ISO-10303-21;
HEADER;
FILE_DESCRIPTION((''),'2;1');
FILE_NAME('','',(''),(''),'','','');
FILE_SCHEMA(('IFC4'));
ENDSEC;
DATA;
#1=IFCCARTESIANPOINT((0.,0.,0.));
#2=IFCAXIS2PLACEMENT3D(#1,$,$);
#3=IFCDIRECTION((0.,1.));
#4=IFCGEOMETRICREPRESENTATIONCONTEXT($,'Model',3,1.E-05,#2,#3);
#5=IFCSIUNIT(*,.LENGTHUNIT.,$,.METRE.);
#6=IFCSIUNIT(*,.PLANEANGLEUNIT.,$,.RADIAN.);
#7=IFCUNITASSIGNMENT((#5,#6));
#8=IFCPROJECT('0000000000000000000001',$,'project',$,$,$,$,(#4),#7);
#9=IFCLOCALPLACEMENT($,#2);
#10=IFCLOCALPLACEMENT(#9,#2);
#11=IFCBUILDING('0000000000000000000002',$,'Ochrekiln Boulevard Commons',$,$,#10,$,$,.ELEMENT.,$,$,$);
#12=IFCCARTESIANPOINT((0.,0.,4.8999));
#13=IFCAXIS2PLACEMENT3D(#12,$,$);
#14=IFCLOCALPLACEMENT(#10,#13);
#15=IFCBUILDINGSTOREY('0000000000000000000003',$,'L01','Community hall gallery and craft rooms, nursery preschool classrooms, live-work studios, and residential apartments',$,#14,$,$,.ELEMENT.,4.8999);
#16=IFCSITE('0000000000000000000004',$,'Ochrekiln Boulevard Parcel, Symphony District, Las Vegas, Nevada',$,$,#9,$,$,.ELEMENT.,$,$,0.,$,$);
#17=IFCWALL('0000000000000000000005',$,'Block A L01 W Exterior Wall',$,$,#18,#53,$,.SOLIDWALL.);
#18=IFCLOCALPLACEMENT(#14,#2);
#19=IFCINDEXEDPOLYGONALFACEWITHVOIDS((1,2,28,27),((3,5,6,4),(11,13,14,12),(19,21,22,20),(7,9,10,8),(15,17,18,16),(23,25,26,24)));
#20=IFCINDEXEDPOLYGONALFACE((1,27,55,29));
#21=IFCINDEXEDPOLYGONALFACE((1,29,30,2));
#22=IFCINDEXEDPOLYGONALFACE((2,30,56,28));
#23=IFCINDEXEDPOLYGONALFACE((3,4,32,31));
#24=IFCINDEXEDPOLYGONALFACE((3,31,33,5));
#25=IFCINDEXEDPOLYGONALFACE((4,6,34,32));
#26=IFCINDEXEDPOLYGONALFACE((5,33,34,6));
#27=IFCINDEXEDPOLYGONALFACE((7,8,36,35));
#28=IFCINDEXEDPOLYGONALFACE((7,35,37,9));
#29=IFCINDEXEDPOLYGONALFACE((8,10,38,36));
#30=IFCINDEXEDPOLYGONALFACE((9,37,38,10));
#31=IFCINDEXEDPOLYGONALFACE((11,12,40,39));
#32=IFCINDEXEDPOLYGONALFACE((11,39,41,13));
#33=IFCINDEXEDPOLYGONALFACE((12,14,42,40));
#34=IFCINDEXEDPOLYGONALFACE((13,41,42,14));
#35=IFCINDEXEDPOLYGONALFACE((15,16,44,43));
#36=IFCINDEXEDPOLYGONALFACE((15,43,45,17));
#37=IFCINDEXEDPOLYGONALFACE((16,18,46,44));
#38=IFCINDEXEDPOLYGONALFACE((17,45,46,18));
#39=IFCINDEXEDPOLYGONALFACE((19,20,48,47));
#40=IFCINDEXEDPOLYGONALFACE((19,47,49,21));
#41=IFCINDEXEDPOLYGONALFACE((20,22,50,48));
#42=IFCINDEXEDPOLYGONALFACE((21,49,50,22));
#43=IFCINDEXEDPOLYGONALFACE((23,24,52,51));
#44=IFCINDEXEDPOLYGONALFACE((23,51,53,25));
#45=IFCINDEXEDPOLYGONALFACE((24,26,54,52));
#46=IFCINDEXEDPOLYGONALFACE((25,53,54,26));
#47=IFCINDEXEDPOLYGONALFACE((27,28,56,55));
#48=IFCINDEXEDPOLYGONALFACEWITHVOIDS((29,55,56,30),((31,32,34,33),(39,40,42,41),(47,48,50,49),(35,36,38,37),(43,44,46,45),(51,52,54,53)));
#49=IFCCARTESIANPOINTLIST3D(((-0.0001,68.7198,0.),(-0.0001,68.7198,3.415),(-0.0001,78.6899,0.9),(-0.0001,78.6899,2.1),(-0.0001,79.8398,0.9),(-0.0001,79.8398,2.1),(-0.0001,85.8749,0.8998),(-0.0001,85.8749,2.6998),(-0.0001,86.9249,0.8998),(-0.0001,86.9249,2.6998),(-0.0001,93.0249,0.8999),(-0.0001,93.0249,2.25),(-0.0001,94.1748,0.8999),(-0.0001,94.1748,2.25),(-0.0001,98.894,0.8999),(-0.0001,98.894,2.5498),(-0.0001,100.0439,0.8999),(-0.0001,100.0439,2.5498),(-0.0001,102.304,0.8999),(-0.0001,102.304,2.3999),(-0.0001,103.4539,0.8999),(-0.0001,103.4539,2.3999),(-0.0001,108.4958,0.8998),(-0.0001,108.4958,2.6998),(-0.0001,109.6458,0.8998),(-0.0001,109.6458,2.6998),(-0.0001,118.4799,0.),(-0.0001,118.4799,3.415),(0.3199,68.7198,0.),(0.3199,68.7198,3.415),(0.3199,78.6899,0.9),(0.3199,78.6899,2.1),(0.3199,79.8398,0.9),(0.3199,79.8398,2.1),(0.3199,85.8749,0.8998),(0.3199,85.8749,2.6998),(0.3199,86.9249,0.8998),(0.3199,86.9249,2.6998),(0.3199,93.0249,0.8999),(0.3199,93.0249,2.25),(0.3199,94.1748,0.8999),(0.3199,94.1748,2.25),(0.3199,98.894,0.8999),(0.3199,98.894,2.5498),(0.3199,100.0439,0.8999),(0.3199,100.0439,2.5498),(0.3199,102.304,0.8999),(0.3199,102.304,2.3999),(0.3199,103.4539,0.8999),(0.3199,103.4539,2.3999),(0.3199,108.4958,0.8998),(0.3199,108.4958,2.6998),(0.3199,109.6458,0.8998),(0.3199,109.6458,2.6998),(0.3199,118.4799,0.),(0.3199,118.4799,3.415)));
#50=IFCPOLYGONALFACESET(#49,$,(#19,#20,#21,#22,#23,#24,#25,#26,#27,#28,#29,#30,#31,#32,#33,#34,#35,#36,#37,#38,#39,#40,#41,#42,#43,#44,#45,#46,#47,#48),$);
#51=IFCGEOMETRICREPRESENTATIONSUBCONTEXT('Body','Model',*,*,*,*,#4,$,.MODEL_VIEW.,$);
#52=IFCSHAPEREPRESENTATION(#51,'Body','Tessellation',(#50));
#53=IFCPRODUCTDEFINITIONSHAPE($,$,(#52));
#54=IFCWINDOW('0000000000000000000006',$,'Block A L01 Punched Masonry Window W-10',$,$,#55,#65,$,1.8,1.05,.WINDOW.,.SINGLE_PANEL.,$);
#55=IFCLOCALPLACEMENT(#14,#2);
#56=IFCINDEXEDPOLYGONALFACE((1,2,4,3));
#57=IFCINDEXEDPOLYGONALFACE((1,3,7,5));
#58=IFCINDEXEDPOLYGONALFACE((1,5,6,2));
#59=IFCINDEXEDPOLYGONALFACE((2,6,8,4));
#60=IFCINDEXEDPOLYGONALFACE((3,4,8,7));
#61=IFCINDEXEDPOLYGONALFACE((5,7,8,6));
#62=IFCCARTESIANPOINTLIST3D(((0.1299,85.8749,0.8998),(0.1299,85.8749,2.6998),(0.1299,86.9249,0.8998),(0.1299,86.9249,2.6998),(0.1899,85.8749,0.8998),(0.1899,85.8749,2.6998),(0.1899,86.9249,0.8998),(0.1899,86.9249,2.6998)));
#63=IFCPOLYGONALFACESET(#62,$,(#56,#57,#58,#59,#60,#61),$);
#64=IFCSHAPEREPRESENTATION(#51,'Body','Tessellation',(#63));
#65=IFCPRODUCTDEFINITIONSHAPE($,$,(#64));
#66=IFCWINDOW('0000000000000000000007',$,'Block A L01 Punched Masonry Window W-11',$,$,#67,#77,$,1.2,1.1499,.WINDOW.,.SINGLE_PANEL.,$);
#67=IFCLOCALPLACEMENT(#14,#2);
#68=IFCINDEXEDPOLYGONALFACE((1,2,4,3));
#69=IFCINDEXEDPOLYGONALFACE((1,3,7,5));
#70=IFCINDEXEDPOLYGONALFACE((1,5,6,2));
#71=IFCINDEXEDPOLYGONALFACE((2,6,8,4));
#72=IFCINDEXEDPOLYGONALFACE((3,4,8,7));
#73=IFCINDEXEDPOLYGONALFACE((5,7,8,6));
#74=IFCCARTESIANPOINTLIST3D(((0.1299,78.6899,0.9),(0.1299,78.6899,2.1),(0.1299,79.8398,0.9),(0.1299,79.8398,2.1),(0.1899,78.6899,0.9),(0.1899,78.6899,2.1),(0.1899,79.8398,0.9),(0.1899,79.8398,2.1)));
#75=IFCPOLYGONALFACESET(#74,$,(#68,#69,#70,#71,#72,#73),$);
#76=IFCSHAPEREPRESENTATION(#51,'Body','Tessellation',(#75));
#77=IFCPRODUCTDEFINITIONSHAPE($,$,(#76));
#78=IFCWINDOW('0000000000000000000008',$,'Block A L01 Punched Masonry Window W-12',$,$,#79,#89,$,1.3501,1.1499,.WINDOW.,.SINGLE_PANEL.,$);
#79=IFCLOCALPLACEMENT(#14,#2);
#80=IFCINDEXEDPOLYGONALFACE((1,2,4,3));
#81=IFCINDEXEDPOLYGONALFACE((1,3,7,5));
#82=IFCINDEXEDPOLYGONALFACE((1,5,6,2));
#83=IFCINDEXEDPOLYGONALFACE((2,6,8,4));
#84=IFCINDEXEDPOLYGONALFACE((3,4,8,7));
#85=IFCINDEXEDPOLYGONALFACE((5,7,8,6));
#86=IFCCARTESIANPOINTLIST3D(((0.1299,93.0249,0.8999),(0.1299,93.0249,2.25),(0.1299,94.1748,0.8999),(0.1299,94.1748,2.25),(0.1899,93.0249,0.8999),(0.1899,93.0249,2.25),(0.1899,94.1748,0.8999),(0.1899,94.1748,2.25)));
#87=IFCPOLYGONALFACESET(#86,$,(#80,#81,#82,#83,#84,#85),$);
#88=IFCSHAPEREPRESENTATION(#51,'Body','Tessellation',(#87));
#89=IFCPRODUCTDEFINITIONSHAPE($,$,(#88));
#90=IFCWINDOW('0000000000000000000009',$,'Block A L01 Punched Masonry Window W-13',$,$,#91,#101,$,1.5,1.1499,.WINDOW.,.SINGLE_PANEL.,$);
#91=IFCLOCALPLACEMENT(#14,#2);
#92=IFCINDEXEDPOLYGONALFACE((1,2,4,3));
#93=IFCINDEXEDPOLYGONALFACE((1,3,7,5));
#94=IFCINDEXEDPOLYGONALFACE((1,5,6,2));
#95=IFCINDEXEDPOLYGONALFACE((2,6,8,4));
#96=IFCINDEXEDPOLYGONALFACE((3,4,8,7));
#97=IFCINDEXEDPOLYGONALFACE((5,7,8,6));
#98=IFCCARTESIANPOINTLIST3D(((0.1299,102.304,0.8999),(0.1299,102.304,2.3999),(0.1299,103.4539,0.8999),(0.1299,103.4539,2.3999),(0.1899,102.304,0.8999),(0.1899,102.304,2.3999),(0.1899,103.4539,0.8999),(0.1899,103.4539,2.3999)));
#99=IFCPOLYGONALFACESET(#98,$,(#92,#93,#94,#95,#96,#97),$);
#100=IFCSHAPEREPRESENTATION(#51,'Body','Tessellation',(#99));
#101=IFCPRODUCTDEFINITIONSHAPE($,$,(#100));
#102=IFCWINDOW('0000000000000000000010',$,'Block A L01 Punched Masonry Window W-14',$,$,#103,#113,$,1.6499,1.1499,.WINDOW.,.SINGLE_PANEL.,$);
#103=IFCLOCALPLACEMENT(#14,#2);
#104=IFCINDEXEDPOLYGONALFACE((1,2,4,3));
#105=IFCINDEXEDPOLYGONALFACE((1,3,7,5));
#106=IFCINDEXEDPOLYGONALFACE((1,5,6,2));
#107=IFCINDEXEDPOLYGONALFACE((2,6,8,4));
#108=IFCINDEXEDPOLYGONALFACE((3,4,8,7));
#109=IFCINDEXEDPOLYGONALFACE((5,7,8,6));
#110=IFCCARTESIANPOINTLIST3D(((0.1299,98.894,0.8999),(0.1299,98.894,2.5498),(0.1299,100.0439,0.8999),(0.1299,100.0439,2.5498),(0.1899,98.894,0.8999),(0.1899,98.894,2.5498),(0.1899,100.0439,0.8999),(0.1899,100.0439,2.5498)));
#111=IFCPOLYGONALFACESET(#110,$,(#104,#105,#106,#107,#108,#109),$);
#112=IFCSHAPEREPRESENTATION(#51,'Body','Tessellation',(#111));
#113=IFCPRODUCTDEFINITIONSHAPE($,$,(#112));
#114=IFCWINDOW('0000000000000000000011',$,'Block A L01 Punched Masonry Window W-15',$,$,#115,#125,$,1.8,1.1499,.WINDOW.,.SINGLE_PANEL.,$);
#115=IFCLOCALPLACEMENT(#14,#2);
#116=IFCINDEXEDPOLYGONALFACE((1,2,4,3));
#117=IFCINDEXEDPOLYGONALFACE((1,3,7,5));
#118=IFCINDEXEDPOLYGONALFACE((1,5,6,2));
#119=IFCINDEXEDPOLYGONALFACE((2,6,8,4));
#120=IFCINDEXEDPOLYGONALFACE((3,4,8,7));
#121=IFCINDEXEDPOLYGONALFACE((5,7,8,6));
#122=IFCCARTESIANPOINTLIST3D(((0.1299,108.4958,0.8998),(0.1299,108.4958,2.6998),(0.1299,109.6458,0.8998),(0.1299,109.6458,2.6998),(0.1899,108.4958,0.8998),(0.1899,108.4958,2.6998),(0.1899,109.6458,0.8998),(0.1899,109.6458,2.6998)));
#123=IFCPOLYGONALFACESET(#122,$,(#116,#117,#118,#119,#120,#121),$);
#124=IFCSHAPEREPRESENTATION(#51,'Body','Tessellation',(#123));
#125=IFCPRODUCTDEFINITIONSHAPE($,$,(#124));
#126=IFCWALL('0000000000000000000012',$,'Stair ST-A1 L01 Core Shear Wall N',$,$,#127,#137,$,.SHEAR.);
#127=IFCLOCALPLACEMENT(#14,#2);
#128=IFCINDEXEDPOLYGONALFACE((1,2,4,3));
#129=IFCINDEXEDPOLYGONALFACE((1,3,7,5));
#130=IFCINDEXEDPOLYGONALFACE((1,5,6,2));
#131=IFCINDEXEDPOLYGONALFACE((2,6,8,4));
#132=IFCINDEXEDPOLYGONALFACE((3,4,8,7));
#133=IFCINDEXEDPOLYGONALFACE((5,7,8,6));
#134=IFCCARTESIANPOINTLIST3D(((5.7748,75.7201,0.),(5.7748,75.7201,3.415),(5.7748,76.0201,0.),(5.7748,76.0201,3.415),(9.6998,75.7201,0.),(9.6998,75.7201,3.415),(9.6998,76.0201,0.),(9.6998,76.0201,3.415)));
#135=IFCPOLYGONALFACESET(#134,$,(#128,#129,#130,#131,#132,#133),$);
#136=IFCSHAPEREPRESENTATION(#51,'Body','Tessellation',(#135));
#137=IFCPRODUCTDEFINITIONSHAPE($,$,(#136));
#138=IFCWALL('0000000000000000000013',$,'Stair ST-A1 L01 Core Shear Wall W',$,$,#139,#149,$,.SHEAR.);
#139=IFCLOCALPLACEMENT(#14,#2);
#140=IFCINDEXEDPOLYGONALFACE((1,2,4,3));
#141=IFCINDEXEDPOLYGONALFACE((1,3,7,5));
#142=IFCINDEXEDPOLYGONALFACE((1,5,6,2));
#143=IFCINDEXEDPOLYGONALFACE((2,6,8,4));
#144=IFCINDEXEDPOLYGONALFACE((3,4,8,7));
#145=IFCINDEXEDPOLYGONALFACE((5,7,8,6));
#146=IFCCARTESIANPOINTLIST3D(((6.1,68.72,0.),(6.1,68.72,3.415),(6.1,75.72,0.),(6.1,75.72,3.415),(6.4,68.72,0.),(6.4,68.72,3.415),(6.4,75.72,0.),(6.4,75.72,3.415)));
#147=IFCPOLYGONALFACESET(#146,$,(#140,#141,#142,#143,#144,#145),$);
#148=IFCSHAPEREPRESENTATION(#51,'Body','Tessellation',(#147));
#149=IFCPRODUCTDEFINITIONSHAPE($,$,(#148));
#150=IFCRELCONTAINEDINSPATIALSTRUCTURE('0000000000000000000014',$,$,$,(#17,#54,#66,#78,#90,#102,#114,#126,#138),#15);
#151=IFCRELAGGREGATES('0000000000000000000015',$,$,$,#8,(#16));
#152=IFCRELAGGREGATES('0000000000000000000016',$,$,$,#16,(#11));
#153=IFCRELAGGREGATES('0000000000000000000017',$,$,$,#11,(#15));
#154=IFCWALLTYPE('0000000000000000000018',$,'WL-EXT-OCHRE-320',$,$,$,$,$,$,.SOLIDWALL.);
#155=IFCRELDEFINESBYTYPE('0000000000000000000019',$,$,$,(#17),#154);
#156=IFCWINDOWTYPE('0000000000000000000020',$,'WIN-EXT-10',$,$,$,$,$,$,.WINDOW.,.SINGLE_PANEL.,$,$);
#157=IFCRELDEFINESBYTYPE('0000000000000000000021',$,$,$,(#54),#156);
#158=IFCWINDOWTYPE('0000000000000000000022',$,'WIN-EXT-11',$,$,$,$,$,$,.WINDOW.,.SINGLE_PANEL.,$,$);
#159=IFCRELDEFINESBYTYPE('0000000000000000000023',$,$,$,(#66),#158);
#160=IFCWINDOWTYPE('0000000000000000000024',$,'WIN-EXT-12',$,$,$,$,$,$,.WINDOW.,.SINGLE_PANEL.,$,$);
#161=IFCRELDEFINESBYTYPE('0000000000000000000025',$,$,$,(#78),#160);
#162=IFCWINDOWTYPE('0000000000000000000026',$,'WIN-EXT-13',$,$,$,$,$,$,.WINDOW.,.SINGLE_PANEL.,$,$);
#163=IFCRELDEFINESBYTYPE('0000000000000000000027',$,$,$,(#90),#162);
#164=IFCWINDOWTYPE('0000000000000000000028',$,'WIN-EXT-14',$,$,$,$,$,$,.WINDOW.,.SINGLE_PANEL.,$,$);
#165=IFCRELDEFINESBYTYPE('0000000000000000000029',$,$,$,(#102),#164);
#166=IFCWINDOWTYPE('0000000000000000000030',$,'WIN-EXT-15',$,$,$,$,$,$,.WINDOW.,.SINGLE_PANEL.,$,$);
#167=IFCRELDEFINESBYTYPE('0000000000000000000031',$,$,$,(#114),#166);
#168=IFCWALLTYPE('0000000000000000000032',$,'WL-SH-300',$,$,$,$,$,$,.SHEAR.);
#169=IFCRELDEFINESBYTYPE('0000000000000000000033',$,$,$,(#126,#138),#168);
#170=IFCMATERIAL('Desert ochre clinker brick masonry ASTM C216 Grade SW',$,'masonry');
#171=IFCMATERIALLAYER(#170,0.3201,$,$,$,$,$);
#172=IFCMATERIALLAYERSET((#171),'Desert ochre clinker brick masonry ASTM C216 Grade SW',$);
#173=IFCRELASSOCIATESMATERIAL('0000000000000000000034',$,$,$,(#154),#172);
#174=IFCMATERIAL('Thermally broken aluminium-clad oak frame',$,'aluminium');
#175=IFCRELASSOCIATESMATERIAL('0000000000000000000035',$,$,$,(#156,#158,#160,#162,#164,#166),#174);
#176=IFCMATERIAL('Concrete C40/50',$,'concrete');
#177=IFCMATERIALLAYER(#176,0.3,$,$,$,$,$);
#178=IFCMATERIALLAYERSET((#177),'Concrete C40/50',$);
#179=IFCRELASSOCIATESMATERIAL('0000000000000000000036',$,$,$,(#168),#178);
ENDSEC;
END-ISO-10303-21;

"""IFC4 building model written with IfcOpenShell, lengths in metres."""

from ifc_helpers import new_model, si_unit, direction, frame, frame_2d, origin, place, context, subcontext, project, spatial, rectangle, extrude, material, layer, layer_set, type_object, element, fill, save


model = new_model("IFC4")

# Units and contexts
model_context = context("Model", 3, precision=1e-05, world=origin(), true_north=direction((0.0, 1.0)))
body_context = subcontext(model_context, "Body", "Model", "MODEL_VIEW")
ifc_project = project(units=[si_unit("LENGTHUNIT", "METRE"), si_unit("PLANEANGLEUNIT", "RADIAN")], contexts=[model_context])

# Site, building, storey
site_placement = place(None, origin())
site = spatial("IfcSite", under=ifc_project, at=site_placement, Name="Ochrekiln Boulevard Parcel, Symphony District, Las Vegas, Nevada", CompositionType="ELEMENT", RefElevation=0.0)
building_placement = place(site_placement, origin())
building = spatial("IfcBuilding", under=site, at=building_placement, Name="Ochrekiln Boulevard Commons", CompositionType="ELEMENT")
storey_placement = place(building_placement, frame((0.0, 0.0, 4.8999)))
storey = spatial("IfcBuildingStorey", under=building, at=storey_placement, Name="L01", Description="Community hall gallery and craft rooms, nursery preschool classrooms, live-work studios, and residential apartments", CompositionType="ELEMENT", Elevation=4.8999)

# Shared definitions
ifc_material_1 = material(Name="Concrete C40/50", Category="concrete")

# Wall, openings, windows
ifc_material_2 = material(Name="Desert ochre clinker brick masonry ASTM C216 Grade SW", Category="masonry")
ifc_layer_1 = layer(ifc_material_2, 0.3201)
ifc_layer_set_1 = layer_set([ifc_layer_1], Name="Desert ochre clinker brick masonry ASTM C216 Grade SW")
wall_type_1 = type_object("IfcWallType", Name="WL-EXT-OCHRE-320", PredefinedType="SOLIDWALL", material=ifc_layer_set_1)
wall_1_placement = place(storey_placement, frame((0.1599, 68.72, 0.0), z_axis=(0.0, 0.0, 1.0), x_axis=(0.0, 1.0, 0.0)))
wall_1 = element("IfcWall", 1, at=wall_1_placement, inside=storey, type_object=wall_type_1, Name="Block A L01 W Exterior Wall", PredefinedType="SOLIDWALL", context=body_context, shape_type="SweptSolid", body=[
    extrude(rectangle(XDim=49.76, YDim=0.3201, at=frame_2d((24.8799, 0.0))), origin(), (0.0, 0.0, 1.0), 3.415),
])
opening_1_placement = place(wall_1_placement, frame((17.155, 0.0, 0.8999)))
opening_1 = element("IfcOpeningElement", 2, at=opening_1_placement, cuts=wall_1, PredefinedType="OPENING", context=body_context, shape_type="SweptSolid", body=[
    extrude(rectangle(XDim=1.05, YDim=1.8, at=frame_2d((0.5249, 0.8999))), frame((0.0, 0.1699, 0.0), z_axis=(0.0, -1.0, 0.0), x_axis=(1.0, 0.0, 0.0)), (0.0, 0.0, 1.0), 0.3401),
])
opening_2_placement = place(wall_1_placement, frame((9.97, 0.0, 0.8999)))
opening_2 = element("IfcOpeningElement", 3, at=opening_2_placement, cuts=wall_1, PredefinedType="OPENING", context=body_context, shape_type="SweptSolid", body=[
    extrude(rectangle(XDim=1.1499, YDim=1.2, at=frame_2d((0.575, 0.6001))), frame((0.0, 0.1699, 0.0), z_axis=(0.0, -1.0, 0.0), x_axis=(1.0, 0.0, 0.0)), (0.0, 0.0, 1.0), 0.3401),
])
opening_3_placement = place(wall_1_placement, frame((24.3049, 0.0, 0.8999)))
opening_3 = element("IfcOpeningElement", 4, at=opening_3_placement, cuts=wall_1, PredefinedType="OPENING", context=body_context, shape_type="SweptSolid", body=[
    extrude(rectangle(XDim=1.1499, YDim=1.3501, at=frame_2d((0.575, 0.675))), frame((0.0, 0.1699, 0.0), z_axis=(0.0, -1.0, 0.0), x_axis=(1.0, 0.0, 0.0)), (0.0, 0.0, 1.0), 0.3401),
])
opening_4_placement = place(wall_1_placement, frame((33.584, 0.0, 0.8999)))
opening_4 = element("IfcOpeningElement", 5, at=opening_4_placement, cuts=wall_1, PredefinedType="OPENING", context=body_context, shape_type="SweptSolid", body=[
    extrude(rectangle(XDim=1.1499, YDim=1.5, at=frame_2d((0.575, 0.75))), frame((0.0, 0.1699, 0.0), z_axis=(0.0, -1.0, 0.0), x_axis=(1.0, 0.0, 0.0)), (0.0, 0.0, 1.0), 0.3401),
])
opening_5_placement = place(wall_1_placement, frame((30.1741, 0.0, 0.8999)))
opening_5 = element("IfcOpeningElement", 6, at=opening_5_placement, cuts=wall_1, PredefinedType="OPENING", context=body_context, shape_type="SweptSolid", body=[
    extrude(rectangle(XDim=1.1499, YDim=1.6499, at=frame_2d((0.575, 0.825))), frame((0.0, 0.1699, 0.0), z_axis=(0.0, -1.0, 0.0), x_axis=(1.0, 0.0, 0.0)), (0.0, 0.0, 1.0), 0.3401),
])
opening_6_placement = place(wall_1_placement, frame((39.7759, 0.0, 0.8999)))
opening_6 = element("IfcOpeningElement", 7, at=opening_6_placement, cuts=wall_1, PredefinedType="OPENING", context=body_context, shape_type="SweptSolid", body=[
    extrude(rectangle(XDim=1.1499, YDim=1.8, at=frame_2d((0.575, 0.8999))), frame((0.0, 0.1699, 0.0), z_axis=(0.0, -1.0, 0.0), x_axis=(1.0, 0.0, 0.0)), (0.0, 0.0, 1.0), 0.3401),
])
ifc_material_3 = material(Name="Thermally broken aluminium-clad oak frame", Category="aluminium")
window_type_1 = type_object("IfcWindowType", Name="WIN-EXT-10", PartitioningType="SINGLE_PANEL", PredefinedType="WINDOW", material=ifc_material_3)
window_1_placement = place(opening_1_placement, origin())
window_1 = element("IfcWindow", 8, at=window_1_placement, inside=storey, type_object=window_type_1, Name="Block A L01 Punched Masonry Window W-10", OverallHeight=1.8, OverallWidth=1.05, PartitioningType="SINGLE_PANEL", PredefinedType="WINDOW", context=body_context, shape_type="SweptSolid", body=[
    extrude(rectangle(XDim=1.05, YDim=1.8, at=frame_2d((0.5249, 0.8999))), frame((0.0, 0.03, 0.0), z_axis=(0.0, -1.0, 0.0), x_axis=(1.0, 0.0, 0.0)), (0.0, 0.0, 1.0), 0.0601),
])
fill(opening_1, window_1)
window_type_2 = type_object("IfcWindowType", Name="WIN-EXT-11", PartitioningType="SINGLE_PANEL", PredefinedType="WINDOW", material=ifc_material_3)
window_2_placement = place(opening_2_placement, origin())
window_2 = element("IfcWindow", 9, at=window_2_placement, inside=storey, type_object=window_type_2, Name="Block A L01 Punched Masonry Window W-11", OverallHeight=1.2, OverallWidth=1.1499, PartitioningType="SINGLE_PANEL", PredefinedType="WINDOW", context=body_context, shape_type="SweptSolid", body=[
    extrude(rectangle(XDim=1.1499, YDim=1.2, at=frame_2d((0.575, 0.6001))), frame((0.0, 0.03, 0.0), z_axis=(0.0, -1.0, 0.0), x_axis=(1.0, 0.0, 0.0)), (0.0, 0.0, 1.0), 0.0601),
])
fill(opening_2, window_2)
window_type_3 = type_object("IfcWindowType", Name="WIN-EXT-12", PartitioningType="SINGLE_PANEL", PredefinedType="WINDOW", material=ifc_material_3)
window_3_placement = place(opening_3_placement, origin())
window_3 = element("IfcWindow", 10, at=window_3_placement, inside=storey, type_object=window_type_3, Name="Block A L01 Punched Masonry Window W-12", OverallHeight=1.3501, OverallWidth=1.1499, PartitioningType="SINGLE_PANEL", PredefinedType="WINDOW", context=body_context, shape_type="SweptSolid", body=[
    extrude(rectangle(XDim=1.1499, YDim=1.3501, at=frame_2d((0.575, 0.675))), frame((0.0, 0.03, 0.0), z_axis=(0.0, -1.0, 0.0), x_axis=(1.0, 0.0, 0.0)), (0.0, 0.0, 1.0), 0.0601),
])
fill(opening_3, window_3)
window_type_4 = type_object("IfcWindowType", Name="WIN-EXT-13", PartitioningType="SINGLE_PANEL", PredefinedType="WINDOW", material=ifc_material_3)
window_4_placement = place(opening_4_placement, origin())
window_4 = element("IfcWindow", 11, at=window_4_placement, inside=storey, type_object=window_type_4, Name="Block A L01 Punched Masonry Window W-13", OverallHeight=1.5, OverallWidth=1.1499, PartitioningType="SINGLE_PANEL", PredefinedType="WINDOW", context=body_context, shape_type="SweptSolid", body=[
    extrude(rectangle(XDim=1.1499, YDim=1.5, at=frame_2d((0.575, 0.75))), frame((0.0, 0.03, 0.0), z_axis=(0.0, -1.0, 0.0), x_axis=(1.0, 0.0, 0.0)), (0.0, 0.0, 1.0), 0.0601),
])
fill(opening_4, window_4)
window_type_5 = type_object("IfcWindowType", Name="WIN-EXT-14", PartitioningType="SINGLE_PANEL", PredefinedType="WINDOW", material=ifc_material_3)
window_5_placement = place(opening_5_placement, origin())
window_5 = element("IfcWindow", 12, at=window_5_placement, inside=storey, type_object=window_type_5, Name="Block A L01 Punched Masonry Window W-14", OverallHeight=1.6499, OverallWidth=1.1499, PartitioningType="SINGLE_PANEL", PredefinedType="WINDOW", context=body_context, shape_type="SweptSolid", body=[
    extrude(rectangle(XDim=1.1499, YDim=1.6499, at=frame_2d((0.575, 0.825))), frame((0.0, 0.03, 0.0), z_axis=(0.0, -1.0, 0.0), x_axis=(1.0, 0.0, 0.0)), (0.0, 0.0, 1.0), 0.0601),
])
fill(opening_5, window_5)
window_type_6 = type_object("IfcWindowType", Name="WIN-EXT-15", PartitioningType="SINGLE_PANEL", PredefinedType="WINDOW", material=ifc_material_3)
window_6_placement = place(opening_6_placement, origin())
window_6 = element("IfcWindow", 13, at=window_6_placement, inside=storey, type_object=window_type_6, Name="Block A L01 Punched Masonry Window W-15", OverallHeight=1.8, OverallWidth=1.1499, PartitioningType="SINGLE_PANEL", PredefinedType="WINDOW", context=body_context, shape_type="SweptSolid", body=[
    extrude(rectangle(XDim=1.1499, YDim=1.8, at=frame_2d((0.575, 0.8999))), frame((0.0, 0.03, 0.0), z_axis=(0.0, -1.0, 0.0), x_axis=(1.0, 0.0, 0.0)), (0.0, 0.0, 1.0), 0.0601),
])
fill(opening_6, window_6)

# Walls
ifc_layer_2 = layer(ifc_material_1, 0.3)
ifc_layer_set_2 = layer_set([ifc_layer_2], Name="Concrete C40/50")
wall_type_2 = type_object("IfcWallType", Name="WL-SH-300", PredefinedType="SHEAR", material=ifc_layer_set_2)
wall_2_placement = place(storey_placement, frame((5.7749, 75.8701, 0.0), z_axis=(0.0, 0.0, 1.0), x_axis=(1.0, 0.0, 0.0)))
element("IfcWall", 14, at=wall_2_placement, inside=storey, type_object=wall_type_2, Name="Stair ST-A1 L01 Core Shear Wall N", PredefinedType="SHEAR", context=body_context, shape_type="SweptSolid", body=[
    extrude(rectangle(XDim=3.925, YDim=0.3, at=frame_2d((1.9624, 0.0))), origin(), (0.0, 0.0, 1.0), 3.415),
])
wall_3_placement = place(storey_placement, frame((6.25, 68.72, 0.0), z_axis=(0.0, 0.0, 1.0), x_axis=(0.0, 1.0, 0.0)))
element("IfcWall", 15, at=wall_3_placement, inside=storey, type_object=wall_type_2, Name="Stair ST-A1 L01 Core Shear Wall W", PredefinedType="SHEAR", context=body_context, shape_type="SweptSolid", body=[
    extrude(rectangle(XDim=7.0, YDim=0.3, at=frame_2d((3.5, 0.0))), origin(), (0.0, 0.0, 1.0), 3.415),
])

save(model, "model.ifc")
